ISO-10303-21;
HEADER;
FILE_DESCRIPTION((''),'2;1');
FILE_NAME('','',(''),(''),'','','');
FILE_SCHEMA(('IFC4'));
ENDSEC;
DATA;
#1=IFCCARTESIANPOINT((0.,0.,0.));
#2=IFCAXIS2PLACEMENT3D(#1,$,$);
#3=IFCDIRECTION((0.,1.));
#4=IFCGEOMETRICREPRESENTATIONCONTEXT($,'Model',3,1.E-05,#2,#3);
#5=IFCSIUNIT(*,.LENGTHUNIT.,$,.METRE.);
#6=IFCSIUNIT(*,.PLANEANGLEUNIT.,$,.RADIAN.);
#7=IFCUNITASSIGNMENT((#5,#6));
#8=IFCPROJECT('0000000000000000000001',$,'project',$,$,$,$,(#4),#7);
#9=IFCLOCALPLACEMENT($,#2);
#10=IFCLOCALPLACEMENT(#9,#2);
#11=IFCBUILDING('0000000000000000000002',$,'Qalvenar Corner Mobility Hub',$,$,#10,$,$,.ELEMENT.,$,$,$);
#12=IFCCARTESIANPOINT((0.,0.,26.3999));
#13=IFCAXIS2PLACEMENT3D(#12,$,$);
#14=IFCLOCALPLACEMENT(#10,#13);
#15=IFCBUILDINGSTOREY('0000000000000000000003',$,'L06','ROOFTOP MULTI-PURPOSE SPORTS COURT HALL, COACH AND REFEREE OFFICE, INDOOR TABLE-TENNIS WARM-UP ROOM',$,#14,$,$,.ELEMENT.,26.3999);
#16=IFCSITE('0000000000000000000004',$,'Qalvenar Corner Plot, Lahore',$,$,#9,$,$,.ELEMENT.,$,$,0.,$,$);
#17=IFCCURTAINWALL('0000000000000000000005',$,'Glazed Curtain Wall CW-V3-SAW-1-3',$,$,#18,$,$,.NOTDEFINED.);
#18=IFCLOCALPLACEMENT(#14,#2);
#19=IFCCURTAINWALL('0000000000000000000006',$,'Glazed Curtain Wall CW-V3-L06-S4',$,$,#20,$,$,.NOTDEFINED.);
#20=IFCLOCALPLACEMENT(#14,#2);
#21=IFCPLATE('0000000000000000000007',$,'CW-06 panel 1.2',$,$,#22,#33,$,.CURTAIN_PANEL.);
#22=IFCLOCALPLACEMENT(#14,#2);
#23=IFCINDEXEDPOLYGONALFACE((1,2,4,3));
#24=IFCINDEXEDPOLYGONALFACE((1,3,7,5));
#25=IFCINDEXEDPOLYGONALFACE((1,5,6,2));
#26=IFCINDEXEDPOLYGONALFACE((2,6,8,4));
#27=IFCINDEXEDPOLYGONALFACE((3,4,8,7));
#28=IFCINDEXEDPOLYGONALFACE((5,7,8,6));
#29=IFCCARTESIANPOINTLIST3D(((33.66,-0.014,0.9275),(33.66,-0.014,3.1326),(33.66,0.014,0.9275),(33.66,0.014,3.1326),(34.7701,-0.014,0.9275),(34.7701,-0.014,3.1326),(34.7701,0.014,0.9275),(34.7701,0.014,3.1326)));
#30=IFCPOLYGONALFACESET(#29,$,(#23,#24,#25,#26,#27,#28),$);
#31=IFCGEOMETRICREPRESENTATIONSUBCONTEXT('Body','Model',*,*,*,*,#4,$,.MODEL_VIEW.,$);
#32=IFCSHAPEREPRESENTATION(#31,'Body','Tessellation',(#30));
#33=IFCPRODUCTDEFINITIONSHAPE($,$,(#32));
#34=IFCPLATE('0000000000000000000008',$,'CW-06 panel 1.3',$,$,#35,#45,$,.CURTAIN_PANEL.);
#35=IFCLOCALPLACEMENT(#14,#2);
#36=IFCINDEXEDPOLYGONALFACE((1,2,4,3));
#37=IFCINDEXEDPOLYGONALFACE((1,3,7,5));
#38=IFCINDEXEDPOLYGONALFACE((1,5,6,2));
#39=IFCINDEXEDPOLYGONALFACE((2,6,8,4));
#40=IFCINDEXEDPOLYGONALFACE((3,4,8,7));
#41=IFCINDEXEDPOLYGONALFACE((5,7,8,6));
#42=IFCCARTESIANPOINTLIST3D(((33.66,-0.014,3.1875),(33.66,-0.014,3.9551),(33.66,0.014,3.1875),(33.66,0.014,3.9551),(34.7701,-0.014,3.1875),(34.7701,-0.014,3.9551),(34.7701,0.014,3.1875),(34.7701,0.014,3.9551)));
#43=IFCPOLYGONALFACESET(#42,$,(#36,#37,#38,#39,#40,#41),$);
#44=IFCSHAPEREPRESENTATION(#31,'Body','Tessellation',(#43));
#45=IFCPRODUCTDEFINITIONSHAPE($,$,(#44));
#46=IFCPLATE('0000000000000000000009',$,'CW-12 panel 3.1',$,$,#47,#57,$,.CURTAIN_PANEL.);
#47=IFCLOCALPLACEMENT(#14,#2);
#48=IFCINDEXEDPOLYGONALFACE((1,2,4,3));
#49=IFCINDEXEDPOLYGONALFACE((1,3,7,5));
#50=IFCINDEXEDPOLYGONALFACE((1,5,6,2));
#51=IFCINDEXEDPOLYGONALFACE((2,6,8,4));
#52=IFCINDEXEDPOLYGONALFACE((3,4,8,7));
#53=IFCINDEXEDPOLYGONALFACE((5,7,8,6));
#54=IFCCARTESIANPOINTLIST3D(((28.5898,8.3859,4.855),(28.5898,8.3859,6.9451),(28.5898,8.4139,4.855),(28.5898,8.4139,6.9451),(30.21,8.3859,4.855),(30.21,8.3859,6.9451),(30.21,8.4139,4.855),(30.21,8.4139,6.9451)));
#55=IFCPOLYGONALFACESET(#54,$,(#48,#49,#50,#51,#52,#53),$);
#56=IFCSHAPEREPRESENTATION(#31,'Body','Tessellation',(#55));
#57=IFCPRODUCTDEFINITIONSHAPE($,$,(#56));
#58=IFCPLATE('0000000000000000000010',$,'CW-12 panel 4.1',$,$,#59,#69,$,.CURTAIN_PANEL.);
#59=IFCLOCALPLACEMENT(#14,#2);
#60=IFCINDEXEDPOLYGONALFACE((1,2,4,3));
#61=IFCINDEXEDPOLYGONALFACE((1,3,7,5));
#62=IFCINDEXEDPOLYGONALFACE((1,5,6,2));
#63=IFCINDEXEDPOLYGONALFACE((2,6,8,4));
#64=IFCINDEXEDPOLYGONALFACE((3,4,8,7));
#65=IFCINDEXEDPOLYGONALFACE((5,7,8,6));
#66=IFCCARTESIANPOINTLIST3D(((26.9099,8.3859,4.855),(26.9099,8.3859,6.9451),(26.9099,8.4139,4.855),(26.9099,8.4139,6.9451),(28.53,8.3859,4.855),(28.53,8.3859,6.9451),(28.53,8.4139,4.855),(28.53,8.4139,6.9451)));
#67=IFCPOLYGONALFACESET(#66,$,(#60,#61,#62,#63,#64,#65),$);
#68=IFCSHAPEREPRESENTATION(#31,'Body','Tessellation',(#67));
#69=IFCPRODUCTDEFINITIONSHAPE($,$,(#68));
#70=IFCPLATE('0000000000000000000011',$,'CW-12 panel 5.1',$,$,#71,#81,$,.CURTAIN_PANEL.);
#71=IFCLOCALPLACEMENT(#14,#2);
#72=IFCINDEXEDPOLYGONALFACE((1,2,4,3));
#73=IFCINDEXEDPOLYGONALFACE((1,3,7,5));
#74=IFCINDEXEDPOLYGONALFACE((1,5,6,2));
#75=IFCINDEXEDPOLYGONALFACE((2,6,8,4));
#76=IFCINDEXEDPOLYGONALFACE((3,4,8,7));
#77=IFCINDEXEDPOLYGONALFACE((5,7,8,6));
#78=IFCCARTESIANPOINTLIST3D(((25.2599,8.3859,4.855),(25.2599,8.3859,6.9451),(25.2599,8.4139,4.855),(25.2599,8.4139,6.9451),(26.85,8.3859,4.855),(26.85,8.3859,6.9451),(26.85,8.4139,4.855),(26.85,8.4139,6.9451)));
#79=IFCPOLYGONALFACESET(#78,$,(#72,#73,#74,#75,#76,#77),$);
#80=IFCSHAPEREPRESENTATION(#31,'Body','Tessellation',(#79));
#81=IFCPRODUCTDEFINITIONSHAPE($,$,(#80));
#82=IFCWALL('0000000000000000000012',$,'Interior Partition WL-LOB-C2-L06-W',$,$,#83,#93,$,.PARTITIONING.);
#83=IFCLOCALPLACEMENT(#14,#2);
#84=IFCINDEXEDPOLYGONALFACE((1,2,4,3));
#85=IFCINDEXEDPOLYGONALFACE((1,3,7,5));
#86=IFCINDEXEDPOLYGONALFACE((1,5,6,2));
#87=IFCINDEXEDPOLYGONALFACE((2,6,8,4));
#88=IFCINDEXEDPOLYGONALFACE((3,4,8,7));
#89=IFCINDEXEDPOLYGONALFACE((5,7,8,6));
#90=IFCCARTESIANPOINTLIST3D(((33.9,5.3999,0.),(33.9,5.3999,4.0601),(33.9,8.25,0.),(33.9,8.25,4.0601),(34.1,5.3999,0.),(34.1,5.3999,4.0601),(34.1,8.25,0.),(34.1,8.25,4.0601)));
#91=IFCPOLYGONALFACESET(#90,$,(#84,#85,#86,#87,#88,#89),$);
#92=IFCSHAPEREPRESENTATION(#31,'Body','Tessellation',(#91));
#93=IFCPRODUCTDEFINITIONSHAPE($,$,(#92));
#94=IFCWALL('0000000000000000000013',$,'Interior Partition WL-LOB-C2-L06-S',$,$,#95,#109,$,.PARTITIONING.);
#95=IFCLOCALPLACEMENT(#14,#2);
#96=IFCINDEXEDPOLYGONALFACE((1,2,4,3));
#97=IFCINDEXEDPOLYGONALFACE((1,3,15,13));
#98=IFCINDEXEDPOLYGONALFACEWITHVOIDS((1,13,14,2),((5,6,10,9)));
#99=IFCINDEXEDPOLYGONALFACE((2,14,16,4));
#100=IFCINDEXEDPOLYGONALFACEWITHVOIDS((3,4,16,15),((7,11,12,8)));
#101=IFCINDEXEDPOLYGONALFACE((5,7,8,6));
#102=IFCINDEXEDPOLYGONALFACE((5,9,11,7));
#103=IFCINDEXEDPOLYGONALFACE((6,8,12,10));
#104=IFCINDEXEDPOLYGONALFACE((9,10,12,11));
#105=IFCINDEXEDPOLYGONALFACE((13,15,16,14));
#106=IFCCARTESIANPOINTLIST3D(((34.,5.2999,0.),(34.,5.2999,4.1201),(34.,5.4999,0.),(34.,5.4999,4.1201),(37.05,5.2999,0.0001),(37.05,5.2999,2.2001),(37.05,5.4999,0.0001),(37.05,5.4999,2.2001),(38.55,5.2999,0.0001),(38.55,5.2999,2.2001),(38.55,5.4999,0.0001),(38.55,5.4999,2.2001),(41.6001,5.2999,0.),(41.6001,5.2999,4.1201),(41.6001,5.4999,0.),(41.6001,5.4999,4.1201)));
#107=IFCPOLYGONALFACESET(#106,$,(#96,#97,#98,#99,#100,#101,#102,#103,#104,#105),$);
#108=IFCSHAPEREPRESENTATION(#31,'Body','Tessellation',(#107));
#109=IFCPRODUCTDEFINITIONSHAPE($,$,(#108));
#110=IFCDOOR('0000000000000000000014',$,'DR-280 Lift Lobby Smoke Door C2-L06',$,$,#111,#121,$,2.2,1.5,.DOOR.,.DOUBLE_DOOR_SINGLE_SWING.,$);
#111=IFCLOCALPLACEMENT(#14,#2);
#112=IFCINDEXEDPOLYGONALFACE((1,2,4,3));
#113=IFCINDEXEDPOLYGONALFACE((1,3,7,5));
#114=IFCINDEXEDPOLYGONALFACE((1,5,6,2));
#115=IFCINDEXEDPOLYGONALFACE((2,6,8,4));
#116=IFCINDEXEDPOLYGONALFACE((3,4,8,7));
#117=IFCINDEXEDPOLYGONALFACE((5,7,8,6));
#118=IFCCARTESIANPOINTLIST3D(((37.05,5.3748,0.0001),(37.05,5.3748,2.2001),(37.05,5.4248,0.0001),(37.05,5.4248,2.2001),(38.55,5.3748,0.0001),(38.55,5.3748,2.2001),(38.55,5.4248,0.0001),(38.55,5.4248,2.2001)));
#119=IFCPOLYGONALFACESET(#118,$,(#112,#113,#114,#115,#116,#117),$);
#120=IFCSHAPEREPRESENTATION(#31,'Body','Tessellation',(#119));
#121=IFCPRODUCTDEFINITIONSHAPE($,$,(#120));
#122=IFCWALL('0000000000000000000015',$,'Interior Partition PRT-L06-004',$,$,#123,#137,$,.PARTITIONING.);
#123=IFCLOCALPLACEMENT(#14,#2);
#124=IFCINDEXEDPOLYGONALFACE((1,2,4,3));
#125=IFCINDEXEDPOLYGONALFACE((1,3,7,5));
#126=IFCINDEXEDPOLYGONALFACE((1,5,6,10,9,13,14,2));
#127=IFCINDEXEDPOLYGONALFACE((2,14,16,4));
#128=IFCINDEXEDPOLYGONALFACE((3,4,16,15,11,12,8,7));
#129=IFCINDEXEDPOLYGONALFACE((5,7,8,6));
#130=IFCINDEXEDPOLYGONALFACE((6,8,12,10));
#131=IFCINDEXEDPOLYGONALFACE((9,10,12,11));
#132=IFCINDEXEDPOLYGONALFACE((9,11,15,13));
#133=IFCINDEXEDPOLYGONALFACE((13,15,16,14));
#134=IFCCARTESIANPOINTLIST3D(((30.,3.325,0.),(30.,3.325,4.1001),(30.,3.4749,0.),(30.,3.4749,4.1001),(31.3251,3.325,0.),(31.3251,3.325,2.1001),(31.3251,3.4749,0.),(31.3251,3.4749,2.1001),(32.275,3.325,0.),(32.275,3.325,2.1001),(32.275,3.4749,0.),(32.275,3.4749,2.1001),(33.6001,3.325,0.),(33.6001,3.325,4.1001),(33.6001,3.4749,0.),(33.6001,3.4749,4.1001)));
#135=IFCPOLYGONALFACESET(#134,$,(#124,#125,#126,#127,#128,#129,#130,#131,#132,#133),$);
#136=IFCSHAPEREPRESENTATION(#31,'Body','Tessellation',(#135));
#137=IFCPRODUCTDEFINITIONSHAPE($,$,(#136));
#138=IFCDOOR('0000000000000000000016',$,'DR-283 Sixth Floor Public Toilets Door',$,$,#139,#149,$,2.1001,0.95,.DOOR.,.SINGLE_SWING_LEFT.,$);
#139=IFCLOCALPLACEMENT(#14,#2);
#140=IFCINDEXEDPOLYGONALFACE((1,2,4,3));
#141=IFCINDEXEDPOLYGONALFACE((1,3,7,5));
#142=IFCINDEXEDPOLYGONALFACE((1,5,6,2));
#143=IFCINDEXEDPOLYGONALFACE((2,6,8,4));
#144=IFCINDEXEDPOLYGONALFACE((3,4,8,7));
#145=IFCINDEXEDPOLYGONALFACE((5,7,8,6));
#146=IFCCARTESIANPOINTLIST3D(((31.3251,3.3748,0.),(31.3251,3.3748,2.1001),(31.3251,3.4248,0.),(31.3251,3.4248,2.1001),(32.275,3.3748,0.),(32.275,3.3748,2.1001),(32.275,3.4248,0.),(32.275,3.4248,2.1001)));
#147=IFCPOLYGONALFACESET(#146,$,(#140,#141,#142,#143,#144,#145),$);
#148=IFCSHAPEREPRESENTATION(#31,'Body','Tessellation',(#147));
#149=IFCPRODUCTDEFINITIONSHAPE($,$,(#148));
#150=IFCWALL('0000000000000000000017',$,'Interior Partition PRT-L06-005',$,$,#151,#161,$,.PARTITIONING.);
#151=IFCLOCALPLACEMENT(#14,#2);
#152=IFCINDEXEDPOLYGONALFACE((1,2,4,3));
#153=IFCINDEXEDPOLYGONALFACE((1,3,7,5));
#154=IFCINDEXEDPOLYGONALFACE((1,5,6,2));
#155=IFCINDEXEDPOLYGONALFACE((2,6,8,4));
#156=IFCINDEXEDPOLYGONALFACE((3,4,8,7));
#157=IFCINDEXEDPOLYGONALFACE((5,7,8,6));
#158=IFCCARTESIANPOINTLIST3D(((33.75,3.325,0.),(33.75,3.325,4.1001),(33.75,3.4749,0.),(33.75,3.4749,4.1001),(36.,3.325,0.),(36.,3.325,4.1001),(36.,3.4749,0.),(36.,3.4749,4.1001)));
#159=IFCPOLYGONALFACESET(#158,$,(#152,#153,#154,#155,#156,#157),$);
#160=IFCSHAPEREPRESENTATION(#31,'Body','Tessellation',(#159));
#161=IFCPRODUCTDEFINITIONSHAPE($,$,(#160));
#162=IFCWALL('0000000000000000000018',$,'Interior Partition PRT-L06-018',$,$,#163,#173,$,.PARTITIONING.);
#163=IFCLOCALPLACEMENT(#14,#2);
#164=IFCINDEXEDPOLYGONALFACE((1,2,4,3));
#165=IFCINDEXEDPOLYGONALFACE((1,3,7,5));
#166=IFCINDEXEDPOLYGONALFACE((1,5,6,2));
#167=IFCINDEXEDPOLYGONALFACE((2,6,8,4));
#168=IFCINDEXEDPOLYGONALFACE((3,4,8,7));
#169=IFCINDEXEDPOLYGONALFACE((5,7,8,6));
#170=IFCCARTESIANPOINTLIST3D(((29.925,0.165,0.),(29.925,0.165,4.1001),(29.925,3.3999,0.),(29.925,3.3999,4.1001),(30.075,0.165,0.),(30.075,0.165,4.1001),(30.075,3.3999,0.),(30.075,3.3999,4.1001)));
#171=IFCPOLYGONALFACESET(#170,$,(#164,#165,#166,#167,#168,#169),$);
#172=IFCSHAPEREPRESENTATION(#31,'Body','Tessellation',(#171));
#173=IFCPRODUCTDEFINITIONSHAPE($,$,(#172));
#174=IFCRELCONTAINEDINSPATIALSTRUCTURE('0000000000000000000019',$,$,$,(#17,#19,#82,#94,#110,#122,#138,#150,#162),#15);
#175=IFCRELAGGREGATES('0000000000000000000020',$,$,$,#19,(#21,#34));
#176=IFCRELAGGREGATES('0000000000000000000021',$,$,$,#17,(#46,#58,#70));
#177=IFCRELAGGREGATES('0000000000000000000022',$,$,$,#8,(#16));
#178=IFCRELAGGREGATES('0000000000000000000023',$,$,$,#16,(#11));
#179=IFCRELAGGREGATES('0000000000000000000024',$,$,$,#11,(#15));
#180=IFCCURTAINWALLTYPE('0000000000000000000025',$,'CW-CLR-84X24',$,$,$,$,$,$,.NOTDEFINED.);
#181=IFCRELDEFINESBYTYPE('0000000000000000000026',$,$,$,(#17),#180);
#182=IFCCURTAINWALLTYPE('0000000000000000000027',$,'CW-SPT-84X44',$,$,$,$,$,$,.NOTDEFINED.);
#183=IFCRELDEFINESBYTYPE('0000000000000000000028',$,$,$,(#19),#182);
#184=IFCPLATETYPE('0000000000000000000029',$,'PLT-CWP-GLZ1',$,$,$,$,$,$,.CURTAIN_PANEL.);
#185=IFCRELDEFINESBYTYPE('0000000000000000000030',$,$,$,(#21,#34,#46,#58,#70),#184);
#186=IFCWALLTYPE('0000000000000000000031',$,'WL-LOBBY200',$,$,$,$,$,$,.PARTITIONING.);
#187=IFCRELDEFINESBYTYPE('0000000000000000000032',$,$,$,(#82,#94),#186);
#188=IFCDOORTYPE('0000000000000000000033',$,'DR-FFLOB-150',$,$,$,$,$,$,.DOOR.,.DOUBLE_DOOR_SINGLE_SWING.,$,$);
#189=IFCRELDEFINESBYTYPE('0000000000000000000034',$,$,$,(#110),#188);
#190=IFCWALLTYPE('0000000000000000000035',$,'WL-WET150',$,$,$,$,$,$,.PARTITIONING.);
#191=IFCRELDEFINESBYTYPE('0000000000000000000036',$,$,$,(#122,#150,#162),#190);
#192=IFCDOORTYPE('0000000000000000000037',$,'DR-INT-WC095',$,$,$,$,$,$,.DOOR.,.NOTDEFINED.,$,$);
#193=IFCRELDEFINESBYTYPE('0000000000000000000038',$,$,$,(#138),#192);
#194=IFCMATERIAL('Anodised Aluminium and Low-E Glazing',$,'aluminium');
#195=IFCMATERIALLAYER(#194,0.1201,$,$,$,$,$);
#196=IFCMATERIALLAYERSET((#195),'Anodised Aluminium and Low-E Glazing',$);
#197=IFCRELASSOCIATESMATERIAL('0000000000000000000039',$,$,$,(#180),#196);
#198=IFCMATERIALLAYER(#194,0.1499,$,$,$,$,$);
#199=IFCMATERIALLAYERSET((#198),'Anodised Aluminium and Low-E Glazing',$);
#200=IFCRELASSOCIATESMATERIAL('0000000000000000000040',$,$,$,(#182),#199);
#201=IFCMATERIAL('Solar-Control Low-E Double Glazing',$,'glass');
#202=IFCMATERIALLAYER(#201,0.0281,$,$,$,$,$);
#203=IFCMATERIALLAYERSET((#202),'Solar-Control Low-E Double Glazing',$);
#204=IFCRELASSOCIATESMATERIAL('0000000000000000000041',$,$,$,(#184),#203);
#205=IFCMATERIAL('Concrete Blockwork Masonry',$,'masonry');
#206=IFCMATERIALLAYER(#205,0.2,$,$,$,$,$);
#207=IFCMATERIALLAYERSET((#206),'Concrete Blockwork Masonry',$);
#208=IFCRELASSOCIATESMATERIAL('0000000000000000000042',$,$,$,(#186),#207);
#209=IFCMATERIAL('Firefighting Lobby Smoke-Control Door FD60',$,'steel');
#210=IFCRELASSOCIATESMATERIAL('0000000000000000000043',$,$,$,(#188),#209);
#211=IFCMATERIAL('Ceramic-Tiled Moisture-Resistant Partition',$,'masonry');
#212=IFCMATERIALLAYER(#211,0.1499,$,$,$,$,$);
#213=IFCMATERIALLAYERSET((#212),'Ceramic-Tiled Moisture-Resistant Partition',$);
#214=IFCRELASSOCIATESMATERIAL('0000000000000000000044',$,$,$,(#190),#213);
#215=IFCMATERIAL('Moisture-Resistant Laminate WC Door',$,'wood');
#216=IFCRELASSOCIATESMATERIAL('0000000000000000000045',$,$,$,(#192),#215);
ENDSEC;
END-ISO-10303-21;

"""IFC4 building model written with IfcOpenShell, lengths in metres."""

from ifc_helpers import new_model, si_unit, direction, frame, frame_2d, origin, origin_2d, place, context, subcontext, project, spatial, rectangle, extrude, material, layer, layer_set, type_object, element, fill, aggregate, save


model = new_model("IFC4")

# Units and contexts
model_context = context("Model", 3, precision=1e-05, world=origin(), true_north=direction((0.0, 1.0)))
body_context = subcontext(model_context, "Body", "Model", "MODEL_VIEW")
ifc_project = project(units=[si_unit("LENGTHUNIT", "METRE"), si_unit("PLANEANGLEUNIT", "RADIAN")], contexts=[model_context])

# Site, building, storey
site_placement = place(None, origin())
site = spatial("IfcSite", under=ifc_project, at=site_placement, Name="Qalvenar Corner Plot, Lahore", CompositionType="ELEMENT", RefElevation=0.0)
building_placement = place(site_placement, origin())
building = spatial("IfcBuilding", under=site, at=building_placement, Name="Qalvenar Corner Mobility Hub", CompositionType="ELEMENT")
storey_placement = place(building_placement, frame((0.0, 0.0, 26.3999)))
storey = spatial("IfcBuildingStorey", under=building, at=storey_placement, Name="L06", Description="ROOFTOP MULTI-PURPOSE SPORTS COURT HALL, COACH AND REFEREE OFFICE, INDOOR TABLE-TENNIS WARM-UP ROOM", CompositionType="ELEMENT", Elevation=26.3999)

# Curtain walls
ifc_material_1 = material(Name="Anodised Aluminium and Low-E Glazing", Category="aluminium")
ifc_layer_1 = layer(ifc_material_1, 0.1201)
ifc_layer_set_1 = layer_set([ifc_layer_1], Name="Anodised Aluminium and Low-E Glazing")
curtain_wall_type_1 = type_object("IfcCurtainWallType", Name="CW-CLR-84X24", PredefinedType="NOTDEFINED", material=ifc_layer_set_1)
curtain_wall_1_placement = place(storey_placement, origin())
curtain_wall_1 = element("IfcCurtainWall", 1, at=curtain_wall_1_placement, inside=storey, type_object=curtain_wall_type_1, Name="Glazed Curtain Wall CW-V3-SAW-1-3", PredefinedType="NOTDEFINED")
ifc_layer_2 = layer(ifc_material_1, 0.1499)
ifc_layer_set_2 = layer_set([ifc_layer_2], Name="Anodised Aluminium and Low-E Glazing")
curtain_wall_type_2 = type_object("IfcCurtainWallType", Name="CW-SPT-84X44", PredefinedType="NOTDEFINED", material=ifc_layer_set_2)
curtain_wall_2_placement = place(storey_placement, origin())
curtain_wall_2 = element("IfcCurtainWall", 2, at=curtain_wall_2_placement, inside=storey, type_object=curtain_wall_type_2, Name="Glazed Curtain Wall CW-V3-L06-S4", PredefinedType="NOTDEFINED")

# Plates
ifc_material_2 = material(Name="Solar-Control Low-E Double Glazing", Category="glass")
ifc_layer_3 = layer(ifc_material_2, 0.0281)
ifc_layer_set_3 = layer_set([ifc_layer_3], Name="Solar-Control Low-E Double Glazing")
plate_type = type_object("IfcPlateType", Name="PLT-CWP-GLZ1", PredefinedType="CURTAIN_PANEL", material=ifc_layer_set_3)
plate_1_placement = place(storey_placement, frame((34.2151, 0.0, 0.9275), z_axis=(0.0, 0.0, 1.0), x_axis=(1.0, 0.0, 0.0)))
plate_1 = element("IfcPlate", 3, at=plate_1_placement, type_object=plate_type, Name="CW-06 panel 1.2", PredefinedType="CURTAIN_PANEL", context=body_context, shape_type="SweptSolid", body=[
    extrude(rectangle(XDim=1.1101, YDim=0.0281, at=origin_2d()), origin(), (0.0, 0.0, 1.0), 2.2051),
])
plate_2_placement = place(storey_placement, frame((34.2151, 0.0, 3.1875), z_axis=(0.0, 0.0, 1.0), x_axis=(1.0, 0.0, 0.0)))
plate_2 = element("IfcPlate", 4, at=plate_2_placement, type_object=plate_type, Name="CW-06 panel 1.3", PredefinedType="CURTAIN_PANEL", context=body_context, shape_type="SweptSolid", body=[
    extrude(rectangle(XDim=1.1101, YDim=0.0281, at=origin_2d()), origin(), (0.0, 0.0, 1.0), 0.7676),
])
aggregate(curtain_wall_2, [plate_1, plate_2])
plate_3_placement = place(storey_placement, frame((29.3999, 8.3999, 4.855), z_axis=(0.0, 0.0, 1.0), x_axis=(-1.0, 0.0, 0.0)))
plate_3 = element("IfcPlate", 5, at=plate_3_placement, type_object=plate_type, Name="CW-12 panel 3.1", PredefinedType="CURTAIN_PANEL", context=body_context, shape_type="SweptSolid", body=[
    extrude(rectangle(XDim=1.6201, YDim=0.0281, at=origin_2d()), origin(), (0.0, 0.0, 1.0), 2.0901),
])
plate_4_placement = place(storey_placement, frame((27.72, 8.3999, 4.855), z_axis=(0.0, 0.0, 1.0), x_axis=(-1.0, 0.0, 0.0)))
plate_4 = element("IfcPlate", 6, at=plate_4_placement, type_object=plate_type, Name="CW-12 panel 4.1", PredefinedType="CURTAIN_PANEL", context=body_context, shape_type="SweptSolid", body=[
    extrude(rectangle(XDim=1.6201, YDim=0.0281, at=origin_2d()), origin(), (0.0, 0.0, 1.0), 2.0901),
])
plate_5_placement = place(storey_placement, frame((26.0549, 8.3999, 4.855), z_axis=(0.0, 0.0, 1.0), x_axis=(-1.0, 0.0, 0.0)))
plate_5 = element("IfcPlate", 7, at=plate_5_placement, type_object=plate_type, Name="CW-12 panel 5.1", PredefinedType="CURTAIN_PANEL", context=body_context, shape_type="SweptSolid", body=[
    extrude(rectangle(XDim=1.5901, YDim=0.0281, at=origin_2d()), origin(), (0.0, 0.0, 1.0), 2.0901),
])
aggregate(curtain_wall_1, [plate_3, plate_4, plate_5])

# Wall
ifc_material_3 = material(Name="Concrete Blockwork Masonry", Category="masonry")
ifc_layer_4 = layer(ifc_material_3, 0.2)
ifc_layer_set_4 = layer_set([ifc_layer_4], Name="Concrete Blockwork Masonry")
wall_type_1 = type_object("IfcWallType", Name="WL-LOBBY200", PredefinedType="PARTITIONING", material=ifc_layer_set_4)
wall_1_placement = place(storey_placement, frame((34.0, 5.3999, 0.0), z_axis=(0.0, 0.0, 1.0), x_axis=(0.0, 1.0, 0.0)))
element("IfcWall", 8, at=wall_1_placement, inside=storey, type_object=wall_type_1, Name="Interior Partition WL-LOB-C2-L06-W", PredefinedType="PARTITIONING", context=body_context, shape_type="SweptSolid", body=[
    extrude(rectangle(XDim=2.8501, YDim=0.2, at=frame_2d((1.425, 0.0))), origin(), (0.0, 0.0, 1.0), 4.0601),
])

# Walls, openings, doors
wall_2_placement = place(storey_placement, frame((34.0, 5.3999, 0.0), z_axis=(0.0, 0.0, 1.0), x_axis=(1.0, 0.0, 0.0)))
wall_2 = element("IfcWall", 9, at=wall_2_placement, inside=storey, type_object=wall_type_1, Name="Interior Partition WL-LOB-C2-L06-S", PredefinedType="PARTITIONING", context=body_context, shape_type="SweptSolid", body=[
    extrude(rectangle(XDim=7.6001, YDim=0.2, at=frame_2d((3.8, 0.0))), origin(), (0.0, 0.0, 1.0), 4.1201),
])
opening_1_placement = place(wall_2_placement, frame((3.05, 0.0, 0.0)))
opening_1 = element("IfcOpeningElement", 10, at=opening_1_placement, cuts=wall_2, PredefinedType="OPENING", context=body_context, shape_type="SweptSolid", body=[
    extrude(rectangle(XDim=1.5, YDim=2.2, at=frame_2d((0.75, 1.1001))), frame((0.0, 0.1099, 0.0), z_axis=(0.0, -1.0, 0.0), x_axis=(1.0, 0.0, 0.0)), (0.0, 0.0, 1.0), 0.22),
])
ifc_material_4 = material(Name="Firefighting Lobby Smoke-Control Door FD60", Category="steel")
door_type_1 = type_object("IfcDoorType", Name="DR-FFLOB-150", OperationType="DOUBLE_DOOR_SINGLE_SWING", PredefinedType="DOOR", material=ifc_material_4)
door_1_placement = place(opening_1_placement, origin())
door_1 = element("IfcDoor", 11, at=door_1_placement, inside=storey, type_object=door_type_1, Name="DR-280 Lift Lobby Smoke Door C2-L06", OperationType="DOUBLE_DOOR_SINGLE_SWING", OverallHeight=2.2, OverallWidth=1.5, PredefinedType="DOOR", context=body_context, shape_type="SweptSolid", body=[
    extrude(rectangle(XDim=1.5, YDim=2.2, at=frame_2d((0.75, 1.1001))), frame((0.0, 0.0249, 0.0), z_axis=(0.0, -1.0, 0.0), x_axis=(1.0, 0.0, 0.0)), (0.0, 0.0, 1.0), 0.05),
])
fill(opening_1, door_1)
ifc_material_5 = material(Name="Ceramic-Tiled Moisture-Resistant Partition", Category="masonry")
ifc_layer_5 = layer(ifc_material_5, 0.1499)
ifc_layer_set_5 = layer_set([ifc_layer_5], Name="Ceramic-Tiled Moisture-Resistant Partition")
wall_type_2 = type_object("IfcWallType", Name="WL-WET150", PredefinedType="PARTITIONING", material=ifc_layer_set_5)
wall_3_placement = place(storey_placement, frame((30.0, 3.3999, 0.0), z_axis=(0.0, 0.0, 1.0), x_axis=(1.0, 0.0, 0.0)))
wall_3 = element("IfcWall", 12, at=wall_3_placement, inside=storey, type_object=wall_type_2, Name="Interior Partition PRT-L06-004", PredefinedType="PARTITIONING", context=body_context, shape_type="SweptSolid", body=[
    extrude(rectangle(XDim=3.6001, YDim=0.1499, at=frame_2d((1.8, 0.0))), origin(), (0.0, 0.0, 1.0), 4.1001),
])
opening_2_placement = place(wall_3_placement, frame((1.325, 0.0, 0.0)))
opening_2 = element("IfcOpeningElement", 13, at=opening_2_placement, cuts=wall_3, PredefinedType="OPENING", context=body_context, shape_type="SweptSolid", body=[
    extrude(rectangle(XDim=0.95, YDim=2.1001, at=frame_2d((0.4751, 1.05))), frame((0.0, 0.085, 0.0), z_axis=(0.0, -1.0, 0.0), x_axis=(1.0, 0.0, 0.0)), (0.0, 0.0, 1.0), 0.1699),
])
ifc_material_6 = material(Name="Moisture-Resistant Laminate WC Door", Category="wood")
door_type_2 = type_object("IfcDoorType", Name="DR-INT-WC095", OperationType="NOTDEFINED", PredefinedType="DOOR", material=ifc_material_6)
door_2_placement = place(opening_2_placement, origin())
door_2 = element("IfcDoor", 14, at=door_2_placement, inside=storey, type_object=door_type_2, Name="DR-283 Sixth Floor Public Toilets Door", OperationType="SINGLE_SWING_LEFT", OverallHeight=2.1001, OverallWidth=0.95, PredefinedType="DOOR", context=body_context, shape_type="SweptSolid", body=[
    extrude(rectangle(XDim=0.95, YDim=2.1001, at=frame_2d((0.4751, 1.05))), frame((0.0, 0.0249, 0.0), z_axis=(0.0, -1.0, 0.0), x_axis=(1.0, 0.0, 0.0)), (0.0, 0.0, 1.0), 0.05),
])
fill(opening_2, door_2)

# Walls
wall_4_placement = place(storey_placement, frame((33.75, 3.3999, 0.0), z_axis=(0.0, 0.0, 1.0), x_axis=(1.0, 0.0, 0.0)))
element("IfcWall", 15, at=wall_4_placement, inside=storey, type_object=wall_type_2, Name="Interior Partition PRT-L06-005", PredefinedType="PARTITIONING", context=body_context, shape_type="SweptSolid", body=[
    extrude(rectangle(XDim=2.25, YDim=0.1499, at=frame_2d((1.125, 0.0))), origin(), (0.0, 0.0, 1.0), 4.1001),
])
wall_5_placement = place(storey_placement, frame((30.0, 0.165, 0.0), z_axis=(0.0, 0.0, 1.0), x_axis=(0.0, 1.0, 0.0)))
element("IfcWall", 16, at=wall_5_placement, inside=storey, type_object=wall_type_2, Name="Interior Partition PRT-L06-018", PredefinedType="PARTITIONING", context=body_context, shape_type="SweptSolid", body=[
    extrude(rectangle(XDim=3.2349, YDim=0.1499, at=frame_2d((1.6174, 0.0))), origin(), (0.0, 0.0, 1.0), 4.1001),
])

save(model, "model.ifc")
